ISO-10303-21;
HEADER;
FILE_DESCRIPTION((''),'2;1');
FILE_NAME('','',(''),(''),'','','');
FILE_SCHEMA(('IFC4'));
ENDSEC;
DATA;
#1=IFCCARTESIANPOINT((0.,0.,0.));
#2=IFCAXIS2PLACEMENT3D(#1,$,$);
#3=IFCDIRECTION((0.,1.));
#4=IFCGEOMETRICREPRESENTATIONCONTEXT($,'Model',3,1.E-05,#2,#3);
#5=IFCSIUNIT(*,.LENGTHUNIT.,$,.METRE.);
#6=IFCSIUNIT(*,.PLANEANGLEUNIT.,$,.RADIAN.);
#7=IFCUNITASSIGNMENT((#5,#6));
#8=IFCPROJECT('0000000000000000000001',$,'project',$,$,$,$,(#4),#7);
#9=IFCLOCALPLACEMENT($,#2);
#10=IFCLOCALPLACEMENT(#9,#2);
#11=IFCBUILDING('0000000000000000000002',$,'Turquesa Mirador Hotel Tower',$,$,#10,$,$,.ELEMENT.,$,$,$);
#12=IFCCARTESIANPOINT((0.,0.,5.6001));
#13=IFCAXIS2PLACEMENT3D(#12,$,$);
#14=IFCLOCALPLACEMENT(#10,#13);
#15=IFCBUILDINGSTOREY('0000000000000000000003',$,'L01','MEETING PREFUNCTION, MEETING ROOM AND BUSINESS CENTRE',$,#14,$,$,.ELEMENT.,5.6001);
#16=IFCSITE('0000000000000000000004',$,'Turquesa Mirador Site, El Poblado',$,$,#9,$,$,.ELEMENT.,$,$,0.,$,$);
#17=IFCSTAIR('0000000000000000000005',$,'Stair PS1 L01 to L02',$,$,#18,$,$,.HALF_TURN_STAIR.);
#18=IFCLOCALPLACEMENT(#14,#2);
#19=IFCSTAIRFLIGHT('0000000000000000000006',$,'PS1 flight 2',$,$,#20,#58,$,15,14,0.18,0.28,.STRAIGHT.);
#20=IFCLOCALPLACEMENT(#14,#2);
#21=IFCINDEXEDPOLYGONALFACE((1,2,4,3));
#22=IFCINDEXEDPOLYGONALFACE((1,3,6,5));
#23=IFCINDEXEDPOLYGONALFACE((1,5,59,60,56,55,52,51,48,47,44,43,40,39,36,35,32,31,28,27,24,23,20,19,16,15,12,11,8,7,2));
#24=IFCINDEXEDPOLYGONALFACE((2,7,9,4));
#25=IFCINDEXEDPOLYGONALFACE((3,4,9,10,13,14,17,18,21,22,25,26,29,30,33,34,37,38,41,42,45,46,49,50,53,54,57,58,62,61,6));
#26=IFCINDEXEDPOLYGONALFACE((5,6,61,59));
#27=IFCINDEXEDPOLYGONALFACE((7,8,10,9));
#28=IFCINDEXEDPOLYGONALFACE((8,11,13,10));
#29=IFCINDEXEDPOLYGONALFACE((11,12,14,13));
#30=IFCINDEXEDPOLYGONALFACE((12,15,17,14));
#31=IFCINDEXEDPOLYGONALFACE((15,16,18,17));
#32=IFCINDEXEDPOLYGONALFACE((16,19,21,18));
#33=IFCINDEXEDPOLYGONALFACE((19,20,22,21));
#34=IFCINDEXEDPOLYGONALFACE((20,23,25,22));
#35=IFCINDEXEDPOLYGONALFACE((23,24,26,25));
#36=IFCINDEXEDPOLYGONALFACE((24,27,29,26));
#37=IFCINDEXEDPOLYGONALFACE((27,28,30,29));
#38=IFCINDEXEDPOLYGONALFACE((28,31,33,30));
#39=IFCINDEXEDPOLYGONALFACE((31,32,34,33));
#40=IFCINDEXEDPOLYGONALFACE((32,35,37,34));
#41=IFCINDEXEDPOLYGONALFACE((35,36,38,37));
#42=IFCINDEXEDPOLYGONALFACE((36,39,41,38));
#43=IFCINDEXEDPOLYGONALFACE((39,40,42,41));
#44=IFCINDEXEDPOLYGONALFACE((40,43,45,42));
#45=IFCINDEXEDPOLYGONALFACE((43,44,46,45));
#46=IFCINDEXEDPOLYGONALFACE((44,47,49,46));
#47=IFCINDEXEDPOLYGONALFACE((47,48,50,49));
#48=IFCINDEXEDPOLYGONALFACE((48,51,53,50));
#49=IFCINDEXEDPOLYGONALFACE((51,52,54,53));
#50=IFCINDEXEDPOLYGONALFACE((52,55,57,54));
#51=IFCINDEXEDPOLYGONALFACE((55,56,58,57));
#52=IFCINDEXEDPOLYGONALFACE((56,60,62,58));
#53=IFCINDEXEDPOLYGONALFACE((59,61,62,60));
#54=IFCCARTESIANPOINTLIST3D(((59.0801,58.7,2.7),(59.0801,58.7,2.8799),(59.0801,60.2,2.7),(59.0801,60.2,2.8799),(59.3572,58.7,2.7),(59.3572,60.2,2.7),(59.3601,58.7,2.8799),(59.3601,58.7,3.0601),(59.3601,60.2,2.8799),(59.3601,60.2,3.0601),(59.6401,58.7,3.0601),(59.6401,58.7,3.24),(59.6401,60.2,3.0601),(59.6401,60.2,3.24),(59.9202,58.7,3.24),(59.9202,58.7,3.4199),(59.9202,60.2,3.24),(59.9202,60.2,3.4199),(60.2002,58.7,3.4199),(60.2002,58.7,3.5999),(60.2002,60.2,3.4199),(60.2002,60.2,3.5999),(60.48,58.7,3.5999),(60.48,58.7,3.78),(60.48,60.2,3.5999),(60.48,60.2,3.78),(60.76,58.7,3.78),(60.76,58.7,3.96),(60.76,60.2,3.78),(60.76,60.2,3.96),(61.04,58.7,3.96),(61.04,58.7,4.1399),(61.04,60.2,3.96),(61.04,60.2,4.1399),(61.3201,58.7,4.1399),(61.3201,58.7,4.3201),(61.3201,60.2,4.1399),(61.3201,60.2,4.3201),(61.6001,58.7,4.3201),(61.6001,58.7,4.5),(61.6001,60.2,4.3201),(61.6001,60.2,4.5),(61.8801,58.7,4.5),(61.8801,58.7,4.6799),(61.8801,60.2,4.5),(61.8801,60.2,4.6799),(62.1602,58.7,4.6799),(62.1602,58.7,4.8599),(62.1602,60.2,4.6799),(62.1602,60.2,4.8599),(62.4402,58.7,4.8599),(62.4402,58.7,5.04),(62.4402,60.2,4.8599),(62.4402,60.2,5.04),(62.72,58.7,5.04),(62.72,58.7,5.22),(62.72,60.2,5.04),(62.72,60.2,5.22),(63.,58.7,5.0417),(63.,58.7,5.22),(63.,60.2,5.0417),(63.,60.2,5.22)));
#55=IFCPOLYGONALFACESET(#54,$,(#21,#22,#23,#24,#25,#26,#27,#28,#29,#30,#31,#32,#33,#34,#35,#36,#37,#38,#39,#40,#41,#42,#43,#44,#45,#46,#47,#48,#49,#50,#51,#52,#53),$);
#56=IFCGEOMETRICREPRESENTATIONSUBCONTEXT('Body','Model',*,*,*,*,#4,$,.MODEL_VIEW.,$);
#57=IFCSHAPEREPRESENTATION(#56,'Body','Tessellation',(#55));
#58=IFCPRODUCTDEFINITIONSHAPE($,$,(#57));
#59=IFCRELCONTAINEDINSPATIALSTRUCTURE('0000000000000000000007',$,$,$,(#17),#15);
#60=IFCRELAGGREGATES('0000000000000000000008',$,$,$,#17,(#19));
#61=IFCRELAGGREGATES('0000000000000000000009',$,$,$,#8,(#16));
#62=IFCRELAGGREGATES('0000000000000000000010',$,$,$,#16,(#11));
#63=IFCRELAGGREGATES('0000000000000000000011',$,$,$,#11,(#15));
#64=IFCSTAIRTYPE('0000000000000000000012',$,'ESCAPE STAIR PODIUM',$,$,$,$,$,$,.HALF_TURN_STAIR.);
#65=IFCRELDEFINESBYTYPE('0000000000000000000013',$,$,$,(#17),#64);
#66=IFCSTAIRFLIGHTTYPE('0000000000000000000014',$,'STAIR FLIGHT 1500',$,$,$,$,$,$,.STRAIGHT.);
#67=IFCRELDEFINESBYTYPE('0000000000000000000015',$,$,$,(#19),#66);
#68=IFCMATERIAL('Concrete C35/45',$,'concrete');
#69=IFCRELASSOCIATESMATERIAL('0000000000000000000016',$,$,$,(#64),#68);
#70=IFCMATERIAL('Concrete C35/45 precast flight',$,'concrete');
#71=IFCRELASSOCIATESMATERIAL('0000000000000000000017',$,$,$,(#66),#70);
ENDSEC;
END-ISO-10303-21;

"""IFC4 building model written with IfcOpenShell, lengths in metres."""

from ifc_helpers import new_model, si_unit, direction, frame, origin, place, context, subcontext, project, spatial, polyline, outline, extrude, material, type_object, element, aggregate, save


model = new_model("IFC4")

# Units and contexts
model_context = context("Model", 3, precision=1e-05, world=origin(), true_north=direction((0.0, 1.0)))
body_context = subcontext(model_context, "Body", "Model", "MODEL_VIEW")
ifc_project = project(units=[si_unit("LENGTHUNIT", "METRE"), si_unit("PLANEANGLEUNIT", "RADIAN")], contexts=[model_context])

# Site, building, storey
site_placement = place(None, origin())
site = spatial("IfcSite", under=ifc_project, at=site_placement, Name="Turquesa Mirador Site, El Poblado", CompositionType="ELEMENT", RefElevation=0.0)
building_placement = place(site_placement, origin())
building = spatial("IfcBuilding", under=site, at=building_placement, Name="Turquesa Mirador Hotel Tower", CompositionType="ELEMENT")
storey_placement = place(building_placement, frame((0.0, 0.0, 5.6001)))
storey = spatial("IfcBuildingStorey", under=building, at=storey_placement, Name="L01", Description="MEETING PREFUNCTION, MEETING ROOM AND BUSINESS CENTRE", CompositionType="ELEMENT", Elevation=5.6001)

# Stair, stair flight
ifc_material_1 = material(Name="Concrete C35/45", Category="concrete")
stair_type_1 = type_object("IfcStairType", Name="ESCAPE STAIR PODIUM", PredefinedType="HALF_TURN_STAIR", material=ifc_material_1)
stair_1_placement = place(storey_placement, origin())
stair_1 = element("IfcStair", 1, at=stair_1_placement, inside=storey, type_object=stair_type_1, Name="Stair PS1 L01 to L02", PredefinedType="HALF_TURN_STAIR")
ifc_material_2 = material(Name="Concrete C35/45 precast flight", Category="concrete")
stair_flight_type_1 = type_object("IfcStairFlightType", Name="STAIR FLIGHT 1500", PredefinedType="STRAIGHT", material=ifc_material_2)
stair_flight_1_placement = place(storey_placement, frame((59.0801, 59.45, 2.7), z_axis=(0.0, 0.0, 1.0), x_axis=(1.0, 0.0, 0.0)))
stair_flight_1 = element("IfcStairFlight", 2, at=stair_flight_1_placement, type_object=stair_flight_type_1, Name="PS1 flight 2", NumberOfRisers=15, NumberOfTreads=14, PredefinedType="STRAIGHT", RiserHeight=0.18, TreadLength=0.28, context=body_context, shape_type="SweptSolid", body=[
    extrude(outline(polyline([(0.0, 0.0), (0.0, 0.1799), (0.28, 0.1799), (0.28, 0.3601), (0.5601, 0.3601), (0.5601, 0.54), (0.8401, 0.54), (0.8401, 0.72), (1.1201, 0.72), (1.1201, 0.8999), (1.3999, 0.8999), (1.3999, 1.0801), (1.6799, 1.0801), (1.6799, 1.26), (1.96, 1.26), (1.96, 1.4399), (2.24, 1.4399), (2.24, 1.6201), (2.52, 1.6201), (2.52, 1.8), (2.8, 1.8), (2.8, 1.98), (3.0801, 1.98), (3.0801, 2.1599), (3.3601, 2.1599), (3.3601, 2.3401), (3.6399, 2.3401), (3.6399, 2.52), (3.9199, 2.52), (3.9199, 2.7), (3.9199, 2.3418), (0.2771, 0.0), (0.0, 0.0)])), frame((0.0, 0.75, 0.0), z_axis=(0.0, -1.0, 0.0), x_axis=(1.0, 0.0, 0.0)), (0.0, 0.0, 1.0), 1.5),
])
aggregate(stair_1, [stair_flight_1])

save(model, "model.ifc")
